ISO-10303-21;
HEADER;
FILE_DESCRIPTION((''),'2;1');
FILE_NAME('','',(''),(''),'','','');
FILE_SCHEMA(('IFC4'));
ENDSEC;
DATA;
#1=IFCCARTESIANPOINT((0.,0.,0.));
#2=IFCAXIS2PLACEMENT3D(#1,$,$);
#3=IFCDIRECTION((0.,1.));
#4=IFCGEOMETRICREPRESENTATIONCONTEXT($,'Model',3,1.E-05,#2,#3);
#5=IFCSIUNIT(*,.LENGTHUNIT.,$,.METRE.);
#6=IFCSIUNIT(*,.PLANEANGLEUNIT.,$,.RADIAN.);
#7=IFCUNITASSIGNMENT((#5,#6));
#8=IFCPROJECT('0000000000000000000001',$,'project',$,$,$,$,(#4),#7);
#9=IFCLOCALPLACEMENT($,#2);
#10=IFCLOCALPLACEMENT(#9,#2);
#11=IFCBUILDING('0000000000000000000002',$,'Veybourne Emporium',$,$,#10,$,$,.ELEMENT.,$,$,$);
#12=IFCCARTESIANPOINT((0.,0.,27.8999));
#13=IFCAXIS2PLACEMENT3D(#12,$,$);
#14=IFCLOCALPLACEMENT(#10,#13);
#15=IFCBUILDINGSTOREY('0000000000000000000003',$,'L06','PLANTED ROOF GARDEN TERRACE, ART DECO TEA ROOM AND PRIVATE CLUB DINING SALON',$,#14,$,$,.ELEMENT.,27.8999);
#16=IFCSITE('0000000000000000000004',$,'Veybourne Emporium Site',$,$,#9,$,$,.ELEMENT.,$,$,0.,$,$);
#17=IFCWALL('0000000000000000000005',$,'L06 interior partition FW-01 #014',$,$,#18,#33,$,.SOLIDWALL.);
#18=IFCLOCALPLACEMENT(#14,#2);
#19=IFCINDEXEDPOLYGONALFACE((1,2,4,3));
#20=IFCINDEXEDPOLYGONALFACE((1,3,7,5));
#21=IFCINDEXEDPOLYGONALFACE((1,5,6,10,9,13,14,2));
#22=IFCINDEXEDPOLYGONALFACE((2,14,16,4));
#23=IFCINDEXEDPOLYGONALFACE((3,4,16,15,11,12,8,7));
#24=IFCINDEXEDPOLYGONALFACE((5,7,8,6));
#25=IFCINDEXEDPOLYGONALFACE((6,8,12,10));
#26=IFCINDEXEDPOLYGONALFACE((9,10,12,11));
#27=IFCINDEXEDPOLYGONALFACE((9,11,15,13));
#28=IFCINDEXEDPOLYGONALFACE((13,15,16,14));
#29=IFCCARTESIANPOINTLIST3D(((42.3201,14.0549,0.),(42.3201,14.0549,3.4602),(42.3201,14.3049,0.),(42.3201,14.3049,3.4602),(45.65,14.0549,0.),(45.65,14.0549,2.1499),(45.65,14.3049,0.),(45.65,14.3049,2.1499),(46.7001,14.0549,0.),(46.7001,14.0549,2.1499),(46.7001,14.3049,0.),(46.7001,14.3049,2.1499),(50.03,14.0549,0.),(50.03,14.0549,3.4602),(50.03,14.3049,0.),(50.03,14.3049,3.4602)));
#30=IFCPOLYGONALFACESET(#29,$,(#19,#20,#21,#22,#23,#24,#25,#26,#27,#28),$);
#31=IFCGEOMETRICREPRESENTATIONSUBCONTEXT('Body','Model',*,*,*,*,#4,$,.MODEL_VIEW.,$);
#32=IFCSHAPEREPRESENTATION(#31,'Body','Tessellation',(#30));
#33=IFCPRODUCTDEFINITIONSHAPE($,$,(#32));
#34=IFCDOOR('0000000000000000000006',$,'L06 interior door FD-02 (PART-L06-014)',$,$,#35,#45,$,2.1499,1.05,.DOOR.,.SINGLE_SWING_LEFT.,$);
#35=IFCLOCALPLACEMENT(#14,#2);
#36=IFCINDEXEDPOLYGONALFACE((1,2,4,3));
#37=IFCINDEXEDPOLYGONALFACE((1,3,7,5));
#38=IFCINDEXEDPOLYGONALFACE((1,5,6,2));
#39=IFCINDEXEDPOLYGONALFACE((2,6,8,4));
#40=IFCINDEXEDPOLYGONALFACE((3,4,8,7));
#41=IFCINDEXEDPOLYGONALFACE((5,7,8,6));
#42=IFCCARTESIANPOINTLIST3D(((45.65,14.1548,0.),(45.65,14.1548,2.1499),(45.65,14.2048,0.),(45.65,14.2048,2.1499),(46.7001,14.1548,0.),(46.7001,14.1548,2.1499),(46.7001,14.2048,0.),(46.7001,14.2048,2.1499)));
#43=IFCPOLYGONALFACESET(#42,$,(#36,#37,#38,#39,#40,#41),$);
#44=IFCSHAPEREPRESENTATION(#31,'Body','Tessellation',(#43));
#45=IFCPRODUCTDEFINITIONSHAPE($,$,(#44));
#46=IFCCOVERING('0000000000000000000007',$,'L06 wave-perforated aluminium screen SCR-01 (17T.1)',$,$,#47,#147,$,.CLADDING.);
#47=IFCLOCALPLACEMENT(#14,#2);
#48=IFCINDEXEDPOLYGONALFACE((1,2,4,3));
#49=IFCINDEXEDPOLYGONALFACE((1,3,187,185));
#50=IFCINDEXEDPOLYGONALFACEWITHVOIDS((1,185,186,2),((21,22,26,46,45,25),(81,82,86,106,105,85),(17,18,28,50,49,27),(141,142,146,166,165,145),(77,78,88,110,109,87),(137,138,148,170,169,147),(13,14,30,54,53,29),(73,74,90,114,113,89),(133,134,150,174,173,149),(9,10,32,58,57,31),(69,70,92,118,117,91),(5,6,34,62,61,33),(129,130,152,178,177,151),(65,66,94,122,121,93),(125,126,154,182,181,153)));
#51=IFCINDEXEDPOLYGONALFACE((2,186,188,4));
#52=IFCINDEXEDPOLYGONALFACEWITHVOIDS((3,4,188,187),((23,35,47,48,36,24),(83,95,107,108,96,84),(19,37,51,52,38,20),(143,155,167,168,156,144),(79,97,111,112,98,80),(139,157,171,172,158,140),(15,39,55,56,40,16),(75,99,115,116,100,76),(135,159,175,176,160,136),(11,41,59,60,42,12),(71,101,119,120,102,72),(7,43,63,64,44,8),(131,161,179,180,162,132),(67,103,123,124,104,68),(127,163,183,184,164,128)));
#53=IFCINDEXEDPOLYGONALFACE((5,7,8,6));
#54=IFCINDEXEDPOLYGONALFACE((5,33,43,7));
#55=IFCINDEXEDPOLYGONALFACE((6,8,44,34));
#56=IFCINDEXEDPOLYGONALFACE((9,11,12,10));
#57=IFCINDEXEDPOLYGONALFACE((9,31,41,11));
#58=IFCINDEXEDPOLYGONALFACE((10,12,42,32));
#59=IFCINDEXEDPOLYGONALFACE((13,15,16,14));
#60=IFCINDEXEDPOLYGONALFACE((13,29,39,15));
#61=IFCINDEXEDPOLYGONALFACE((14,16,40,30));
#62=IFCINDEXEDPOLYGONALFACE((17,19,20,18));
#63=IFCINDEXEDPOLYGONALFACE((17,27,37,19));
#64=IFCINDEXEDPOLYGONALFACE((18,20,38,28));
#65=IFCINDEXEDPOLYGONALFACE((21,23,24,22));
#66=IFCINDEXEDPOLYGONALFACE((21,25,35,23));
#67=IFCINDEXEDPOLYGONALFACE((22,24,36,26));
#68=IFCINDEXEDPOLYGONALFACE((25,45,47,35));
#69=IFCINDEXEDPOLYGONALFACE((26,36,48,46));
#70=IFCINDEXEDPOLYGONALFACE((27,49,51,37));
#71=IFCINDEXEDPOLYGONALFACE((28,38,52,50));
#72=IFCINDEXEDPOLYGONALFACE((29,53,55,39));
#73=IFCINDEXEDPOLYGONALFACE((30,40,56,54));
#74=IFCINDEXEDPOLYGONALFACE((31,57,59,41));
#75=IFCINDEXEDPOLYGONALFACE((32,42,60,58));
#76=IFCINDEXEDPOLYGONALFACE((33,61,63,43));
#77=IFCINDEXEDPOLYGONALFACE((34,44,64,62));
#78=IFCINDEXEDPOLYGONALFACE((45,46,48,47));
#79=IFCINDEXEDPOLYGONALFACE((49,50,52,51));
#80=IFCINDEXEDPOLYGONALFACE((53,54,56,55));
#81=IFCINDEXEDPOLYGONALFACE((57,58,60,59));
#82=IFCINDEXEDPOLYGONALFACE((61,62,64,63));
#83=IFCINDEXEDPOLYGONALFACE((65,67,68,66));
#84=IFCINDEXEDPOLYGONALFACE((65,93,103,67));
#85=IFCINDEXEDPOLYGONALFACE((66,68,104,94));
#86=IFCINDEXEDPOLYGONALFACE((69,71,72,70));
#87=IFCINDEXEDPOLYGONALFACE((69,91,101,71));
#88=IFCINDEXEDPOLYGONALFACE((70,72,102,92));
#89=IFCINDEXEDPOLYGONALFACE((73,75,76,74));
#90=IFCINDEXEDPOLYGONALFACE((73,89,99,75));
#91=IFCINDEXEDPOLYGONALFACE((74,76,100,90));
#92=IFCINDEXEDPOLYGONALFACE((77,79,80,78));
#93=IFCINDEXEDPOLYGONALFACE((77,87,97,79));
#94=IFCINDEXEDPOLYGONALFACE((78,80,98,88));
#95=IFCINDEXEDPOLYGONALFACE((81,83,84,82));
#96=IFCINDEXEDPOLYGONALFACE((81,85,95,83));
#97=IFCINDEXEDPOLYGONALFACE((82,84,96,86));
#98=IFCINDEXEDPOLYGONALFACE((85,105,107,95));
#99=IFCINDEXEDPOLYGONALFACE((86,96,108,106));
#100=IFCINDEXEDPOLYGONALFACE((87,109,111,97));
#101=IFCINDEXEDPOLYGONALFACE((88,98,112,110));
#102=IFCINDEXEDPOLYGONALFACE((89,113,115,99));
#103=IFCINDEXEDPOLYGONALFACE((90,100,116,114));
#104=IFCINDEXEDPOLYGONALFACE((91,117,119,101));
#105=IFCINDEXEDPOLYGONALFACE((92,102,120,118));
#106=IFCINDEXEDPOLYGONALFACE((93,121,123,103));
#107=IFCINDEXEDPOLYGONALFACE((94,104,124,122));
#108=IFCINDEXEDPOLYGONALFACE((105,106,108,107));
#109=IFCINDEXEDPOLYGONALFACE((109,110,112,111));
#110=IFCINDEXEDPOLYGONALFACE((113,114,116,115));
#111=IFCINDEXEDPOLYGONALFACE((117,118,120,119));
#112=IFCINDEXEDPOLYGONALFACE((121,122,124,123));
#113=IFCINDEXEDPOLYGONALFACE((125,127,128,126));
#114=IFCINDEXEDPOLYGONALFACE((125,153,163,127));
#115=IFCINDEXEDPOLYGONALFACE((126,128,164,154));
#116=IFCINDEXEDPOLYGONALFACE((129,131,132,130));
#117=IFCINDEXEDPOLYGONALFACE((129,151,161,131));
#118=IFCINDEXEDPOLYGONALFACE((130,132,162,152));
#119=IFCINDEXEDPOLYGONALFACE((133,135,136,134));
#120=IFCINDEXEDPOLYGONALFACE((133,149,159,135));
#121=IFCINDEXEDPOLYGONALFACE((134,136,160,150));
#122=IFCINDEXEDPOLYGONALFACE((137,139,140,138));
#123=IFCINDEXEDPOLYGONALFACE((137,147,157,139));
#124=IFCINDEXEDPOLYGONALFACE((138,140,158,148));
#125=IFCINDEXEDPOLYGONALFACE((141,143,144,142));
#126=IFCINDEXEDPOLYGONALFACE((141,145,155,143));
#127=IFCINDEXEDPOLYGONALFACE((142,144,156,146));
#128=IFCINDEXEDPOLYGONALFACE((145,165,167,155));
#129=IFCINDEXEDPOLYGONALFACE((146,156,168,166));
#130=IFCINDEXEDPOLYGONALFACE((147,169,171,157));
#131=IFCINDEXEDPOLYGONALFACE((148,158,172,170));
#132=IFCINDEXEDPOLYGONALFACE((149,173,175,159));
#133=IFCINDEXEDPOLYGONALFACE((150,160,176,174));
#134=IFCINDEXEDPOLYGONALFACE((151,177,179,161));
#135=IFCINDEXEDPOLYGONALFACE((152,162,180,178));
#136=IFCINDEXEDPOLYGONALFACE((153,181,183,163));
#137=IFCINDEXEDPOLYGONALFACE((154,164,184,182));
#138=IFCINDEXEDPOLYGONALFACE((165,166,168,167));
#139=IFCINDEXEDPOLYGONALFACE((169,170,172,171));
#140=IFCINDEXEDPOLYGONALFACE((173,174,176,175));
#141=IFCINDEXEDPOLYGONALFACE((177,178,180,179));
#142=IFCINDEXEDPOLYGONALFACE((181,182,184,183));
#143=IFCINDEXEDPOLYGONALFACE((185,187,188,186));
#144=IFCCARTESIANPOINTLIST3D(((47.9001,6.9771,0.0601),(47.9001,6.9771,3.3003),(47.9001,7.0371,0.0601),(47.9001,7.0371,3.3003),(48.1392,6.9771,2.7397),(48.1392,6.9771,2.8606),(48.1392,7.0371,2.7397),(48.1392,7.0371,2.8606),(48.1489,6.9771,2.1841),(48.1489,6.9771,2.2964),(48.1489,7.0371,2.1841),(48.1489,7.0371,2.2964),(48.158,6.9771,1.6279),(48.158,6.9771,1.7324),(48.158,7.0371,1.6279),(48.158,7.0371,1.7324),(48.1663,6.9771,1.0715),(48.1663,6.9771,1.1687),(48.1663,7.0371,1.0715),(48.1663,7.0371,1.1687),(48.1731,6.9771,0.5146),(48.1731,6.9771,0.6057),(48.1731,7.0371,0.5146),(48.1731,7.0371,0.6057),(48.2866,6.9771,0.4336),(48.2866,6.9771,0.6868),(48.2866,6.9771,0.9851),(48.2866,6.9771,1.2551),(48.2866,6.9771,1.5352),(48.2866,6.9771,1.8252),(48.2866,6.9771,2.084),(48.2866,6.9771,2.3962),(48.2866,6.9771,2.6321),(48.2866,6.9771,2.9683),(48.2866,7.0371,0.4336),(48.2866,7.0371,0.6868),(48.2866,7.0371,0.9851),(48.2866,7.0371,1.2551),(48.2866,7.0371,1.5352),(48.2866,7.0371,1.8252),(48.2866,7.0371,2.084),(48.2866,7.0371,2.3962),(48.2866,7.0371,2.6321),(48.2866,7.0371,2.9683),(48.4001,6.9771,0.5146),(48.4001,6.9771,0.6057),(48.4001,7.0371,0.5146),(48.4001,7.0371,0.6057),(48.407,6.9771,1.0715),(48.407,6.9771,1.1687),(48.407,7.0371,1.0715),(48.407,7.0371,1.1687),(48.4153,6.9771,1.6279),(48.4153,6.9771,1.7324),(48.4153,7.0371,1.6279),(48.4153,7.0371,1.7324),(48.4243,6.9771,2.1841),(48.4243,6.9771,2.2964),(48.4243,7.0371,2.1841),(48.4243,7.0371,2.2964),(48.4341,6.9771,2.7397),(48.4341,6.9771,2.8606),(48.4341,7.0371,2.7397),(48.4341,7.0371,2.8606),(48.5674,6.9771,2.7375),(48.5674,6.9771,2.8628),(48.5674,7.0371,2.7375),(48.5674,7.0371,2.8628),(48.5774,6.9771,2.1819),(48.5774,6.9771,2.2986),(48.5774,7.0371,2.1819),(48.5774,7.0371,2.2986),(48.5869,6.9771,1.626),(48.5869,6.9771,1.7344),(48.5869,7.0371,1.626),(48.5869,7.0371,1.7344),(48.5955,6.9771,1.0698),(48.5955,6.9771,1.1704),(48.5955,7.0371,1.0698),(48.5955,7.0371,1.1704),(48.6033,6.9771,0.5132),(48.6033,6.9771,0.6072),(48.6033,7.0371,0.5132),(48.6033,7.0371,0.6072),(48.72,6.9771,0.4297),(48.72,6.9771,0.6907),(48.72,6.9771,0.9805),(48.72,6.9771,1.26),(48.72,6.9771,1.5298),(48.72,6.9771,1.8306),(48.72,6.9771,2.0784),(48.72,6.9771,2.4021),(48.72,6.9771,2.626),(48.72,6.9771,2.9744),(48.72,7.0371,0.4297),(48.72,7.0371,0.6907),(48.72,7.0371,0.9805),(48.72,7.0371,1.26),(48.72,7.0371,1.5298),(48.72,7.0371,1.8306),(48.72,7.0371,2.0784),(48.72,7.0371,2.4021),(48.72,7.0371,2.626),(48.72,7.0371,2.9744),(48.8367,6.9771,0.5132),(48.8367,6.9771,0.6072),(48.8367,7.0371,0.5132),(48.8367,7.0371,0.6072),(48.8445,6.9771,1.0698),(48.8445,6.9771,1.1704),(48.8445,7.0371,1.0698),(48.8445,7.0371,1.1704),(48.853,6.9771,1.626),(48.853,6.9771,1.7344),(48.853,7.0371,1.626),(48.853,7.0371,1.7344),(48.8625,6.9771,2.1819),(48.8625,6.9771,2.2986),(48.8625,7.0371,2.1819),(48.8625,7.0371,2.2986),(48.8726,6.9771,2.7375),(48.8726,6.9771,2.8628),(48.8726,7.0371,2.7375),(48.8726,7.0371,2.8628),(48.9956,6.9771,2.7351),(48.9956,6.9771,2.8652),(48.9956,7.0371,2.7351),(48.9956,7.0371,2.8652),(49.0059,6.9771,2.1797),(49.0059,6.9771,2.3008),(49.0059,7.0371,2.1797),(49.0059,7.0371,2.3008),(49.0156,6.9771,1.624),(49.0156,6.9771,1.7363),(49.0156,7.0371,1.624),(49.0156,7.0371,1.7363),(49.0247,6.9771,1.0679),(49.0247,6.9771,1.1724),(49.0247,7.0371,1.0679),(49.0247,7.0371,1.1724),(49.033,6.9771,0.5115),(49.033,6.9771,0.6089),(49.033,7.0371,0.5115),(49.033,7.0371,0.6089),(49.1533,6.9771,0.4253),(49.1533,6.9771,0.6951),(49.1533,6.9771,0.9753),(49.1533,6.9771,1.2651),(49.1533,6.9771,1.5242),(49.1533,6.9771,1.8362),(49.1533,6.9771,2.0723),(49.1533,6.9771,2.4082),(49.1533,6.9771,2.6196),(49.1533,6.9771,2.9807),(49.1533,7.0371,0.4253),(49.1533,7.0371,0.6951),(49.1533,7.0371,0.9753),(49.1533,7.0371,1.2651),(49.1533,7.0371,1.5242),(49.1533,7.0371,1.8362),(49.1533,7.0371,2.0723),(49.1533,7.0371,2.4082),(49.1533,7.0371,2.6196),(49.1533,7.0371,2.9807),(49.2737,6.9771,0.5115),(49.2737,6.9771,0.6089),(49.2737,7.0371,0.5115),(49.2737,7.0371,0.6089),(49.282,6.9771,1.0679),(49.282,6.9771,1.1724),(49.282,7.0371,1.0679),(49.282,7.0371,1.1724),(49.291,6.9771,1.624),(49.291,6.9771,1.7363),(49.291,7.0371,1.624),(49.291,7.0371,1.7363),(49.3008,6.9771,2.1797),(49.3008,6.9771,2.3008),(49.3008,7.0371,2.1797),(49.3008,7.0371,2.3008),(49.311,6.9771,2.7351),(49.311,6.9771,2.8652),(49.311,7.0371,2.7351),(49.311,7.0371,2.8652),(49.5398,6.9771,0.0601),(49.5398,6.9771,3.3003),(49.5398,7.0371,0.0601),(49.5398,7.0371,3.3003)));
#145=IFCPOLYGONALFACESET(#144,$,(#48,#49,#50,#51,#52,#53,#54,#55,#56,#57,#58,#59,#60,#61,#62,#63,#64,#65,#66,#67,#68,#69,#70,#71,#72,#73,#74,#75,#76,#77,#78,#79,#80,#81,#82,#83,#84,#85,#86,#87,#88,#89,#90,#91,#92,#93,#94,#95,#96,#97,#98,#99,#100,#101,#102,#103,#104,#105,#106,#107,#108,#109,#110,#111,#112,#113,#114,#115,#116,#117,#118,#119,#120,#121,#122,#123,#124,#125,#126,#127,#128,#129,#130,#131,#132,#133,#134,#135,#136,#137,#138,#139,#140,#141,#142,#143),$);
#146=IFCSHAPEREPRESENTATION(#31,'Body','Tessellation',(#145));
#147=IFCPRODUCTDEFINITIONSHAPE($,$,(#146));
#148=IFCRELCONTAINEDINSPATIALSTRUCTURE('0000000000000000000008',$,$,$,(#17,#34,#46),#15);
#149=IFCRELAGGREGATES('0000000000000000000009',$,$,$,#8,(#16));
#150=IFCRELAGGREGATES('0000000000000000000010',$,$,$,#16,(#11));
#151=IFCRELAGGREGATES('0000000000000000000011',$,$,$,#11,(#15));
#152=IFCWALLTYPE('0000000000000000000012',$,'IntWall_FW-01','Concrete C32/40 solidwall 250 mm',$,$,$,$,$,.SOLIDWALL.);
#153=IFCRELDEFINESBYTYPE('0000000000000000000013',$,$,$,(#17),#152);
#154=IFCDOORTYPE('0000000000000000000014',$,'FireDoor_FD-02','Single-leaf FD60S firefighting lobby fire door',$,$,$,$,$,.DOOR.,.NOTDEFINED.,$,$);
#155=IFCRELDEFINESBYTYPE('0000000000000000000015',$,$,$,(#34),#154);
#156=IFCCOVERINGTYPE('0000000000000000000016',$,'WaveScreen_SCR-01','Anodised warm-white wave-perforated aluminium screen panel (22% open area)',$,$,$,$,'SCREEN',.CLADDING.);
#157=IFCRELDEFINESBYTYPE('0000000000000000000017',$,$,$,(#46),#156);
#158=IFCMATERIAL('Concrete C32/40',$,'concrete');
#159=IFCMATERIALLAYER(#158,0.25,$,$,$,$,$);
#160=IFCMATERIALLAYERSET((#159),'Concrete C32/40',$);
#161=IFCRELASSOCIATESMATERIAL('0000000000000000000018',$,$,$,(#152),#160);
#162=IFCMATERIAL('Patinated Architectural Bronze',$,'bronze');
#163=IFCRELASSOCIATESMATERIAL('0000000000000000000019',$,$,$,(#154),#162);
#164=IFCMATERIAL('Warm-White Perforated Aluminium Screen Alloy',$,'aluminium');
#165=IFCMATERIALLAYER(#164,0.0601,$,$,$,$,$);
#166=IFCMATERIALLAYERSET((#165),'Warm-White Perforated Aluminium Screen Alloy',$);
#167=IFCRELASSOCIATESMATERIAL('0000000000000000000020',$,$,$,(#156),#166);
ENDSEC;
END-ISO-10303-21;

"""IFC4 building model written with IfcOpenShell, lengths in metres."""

from ifc_helpers import new_model, si_unit, direction, frame, frame_2d, origin, place, context, subcontext, project, spatial, polyline, rectangle, outline, extrude, material, layer, layer_set, type_object, element, fill, save


model = new_model("IFC4")

# Units and contexts
model_context = context("Model", 3, precision=1e-05, world=origin(), true_north=direction((0.0, 1.0)))
body_context = subcontext(model_context, "Body", "Model", "MODEL_VIEW")
ifc_project = project(units=[si_unit("LENGTHUNIT", "METRE"), si_unit("PLANEANGLEUNIT", "RADIAN")], contexts=[model_context])

# Site, building, storey
site_placement = place(None, origin())
site = spatial("IfcSite", under=ifc_project, at=site_placement, Name="Veybourne Emporium Site", CompositionType="ELEMENT", RefElevation=0.0)
building_placement = place(site_placement, origin())
building = spatial("IfcBuilding", under=site, at=building_placement, Name="Veybourne Emporium", CompositionType="ELEMENT")
storey_placement = place(building_placement, frame((0.0, 0.0, 27.8999)))
storey = spatial("IfcBuildingStorey", under=building, at=storey_placement, Name="L06", Description="PLANTED ROOF GARDEN TERRACE, ART DECO TEA ROOM AND PRIVATE CLUB DINING SALON", CompositionType="ELEMENT", Elevation=27.8999)

# Shared definitions
ifc_material_1 = material(Name="Concrete C32/40", Category="concrete")

# Wall, opening, door
ifc_layer_1 = layer(ifc_material_1, 0.25)
ifc_layer_set_1 = layer_set([ifc_layer_1], Name="Concrete C32/40")
wall_type_1 = type_object("IfcWallType", Name="IntWall_FW-01", Description="Concrete C32/40 solidwall 250 mm", PredefinedType="SOLIDWALL", material=ifc_layer_set_1)
wall_1_placement = place(storey_placement, frame((42.3201, 14.1799, 0.0), z_axis=(0.0, 0.0, 1.0), x_axis=(1.0, 0.0, 0.0)))
wall_1 = element("IfcWall", 1, at=wall_1_placement, inside=storey, type_object=wall_type_1, Name="L06 interior partition FW-01 #014", PredefinedType="SOLIDWALL", context=body_context, shape_type="SweptSolid", body=[
    extrude(rectangle(XDim=7.71, YDim=0.25, at=frame_2d((3.855, 0.0))), origin(), (0.0, 0.0, 1.0), 3.4602),
])
opening_1_placement = place(wall_1_placement, frame((3.3301, 0.0, 0.0)))
opening_1 = element("IfcOpeningElement", 2, at=opening_1_placement, cuts=wall_1, PredefinedType="OPENING", context=body_context, shape_type="SweptSolid", body=[
    extrude(rectangle(XDim=1.05, YDim=2.1499, at=frame_2d((0.5249, 1.075))), frame((0.0, 0.145, 0.0), z_axis=(0.0, -1.0, 0.0), x_axis=(1.0, 0.0, 0.0)), (0.0, 0.0, 1.0), 0.29),
])
ifc_material_2 = material(Name="Patinated Architectural Bronze", Category="bronze")
door_type = type_object("IfcDoorType", Name="FireDoor_FD-02", Description="Single-leaf FD60S firefighting lobby fire door", OperationType="NOTDEFINED", PredefinedType="DOOR", material=ifc_material_2)
door_placement = place(opening_1_placement, origin())
door = element("IfcDoor", 3, at=door_placement, inside=storey, type_object=door_type, Name="L06 interior door FD-02 (PART-L06-014)", OperationType="SINGLE_SWING_LEFT", OverallHeight=2.1499, OverallWidth=1.05, PredefinedType="DOOR", context=body_context, shape_type="SweptSolid", body=[
    extrude(rectangle(XDim=1.05, YDim=2.1499, at=frame_2d((0.5249, 1.075))), frame((0.0, 0.0249, 0.0), z_axis=(0.0, -1.0, 0.0), x_axis=(1.0, 0.0, 0.0)), (0.0, 0.0, 1.0), 0.05),
])
fill(opening_1, door)

# Covering
ifc_material_3 = material(Name="Warm-White Perforated Aluminium Screen Alloy", Category="aluminium")
ifc_layer_2 = layer(ifc_material_3, 0.0601)
ifc_layer_set_2 = layer_set([ifc_layer_2], Name="Warm-White Perforated Aluminium Screen Alloy")
covering_type_1 = type_object("IfcCoveringType", Name="WaveScreen_SCR-01", Description="Anodised warm-white wave-perforated aluminium screen panel (22% open area)", ElementType="SCREEN", PredefinedType="CLADDING", material=ifc_layer_set_2)
covering_1_placement = place(storey_placement, frame((48.72, 6.9771, 1.6802), z_axis=(0.0, 1.0, 0.0), x_axis=(-1.0, 0.0, 0.0)))
element("IfcCovering", 4, at=covering_1_placement, inside=storey, type_object=covering_type_1, Name="L06 wave-perforated aluminium screen SCR-01 (17T.1)", PredefinedType="CLADDING", context=body_context, shape_type="SweptSolid", body=[
    extrude(outline(polyline([(-0.8198, -1.6201), (0.8198, -1.6201), (0.8198, 1.6201), (-0.8198, 1.6201), (-0.8198, -1.6201)]), holes=[polyline([(-0.4333, -0.9851), (-0.313, -1.0713), (-0.313, -1.1687), (-0.4333, -1.2549), (-0.5537, -1.1687), (-0.5537, -1.0713), (-0.4333, -0.9851)]), polyline([(-0.4333, -0.415), (-0.3047, -0.5078), (-0.3047, -0.6123), (-0.4333, -0.7048), (-0.562, -0.6123), (-0.562, -0.5078), (-0.4333, -0.415)]), polyline([(-0.4333, 0.156), (-0.2957, 0.0562), (-0.2957, -0.0562), (-0.4333, -0.156), (-0.571, -0.0562), (-0.571, 0.0562), (-0.4333, 0.156)]), polyline([(-0.4333, 0.728), (-0.2859, 0.6206), (-0.2859, 0.4995), (-0.4333, 0.3921), (-0.5808, 0.4995), (-0.5808, 0.6206), (-0.4333, 0.728)]), polyline([(-0.4333, 1.3005), (-0.2756, 1.1851), (-0.2756, 1.0549), (-0.4333, 0.9395), (-0.5911, 1.0549), (-0.5911, 1.1851), (-0.4333, 1.3005)]), polyline([(0.0, -0.9895), (0.1167, -1.073), (0.1167, -1.167), (0.0, -1.2505), (-0.1167, -1.167), (-0.1167, -1.073), (0.0, -0.9895)]), polyline([(0.0, -0.4202), (0.1245, -0.5098), (0.1245, -0.6104), (0.0, -0.6997), (-0.1245, -0.6104), (-0.1245, -0.5098), (0.0, -0.4202)]), polyline([(0.0, 0.1504), (0.1331, 0.0542), (0.1331, -0.0542), (0.0, -0.1504), (-0.1331, -0.0542), (-0.1331, 0.0542), (0.0, 0.1504)]), polyline([(0.0, 0.7219), (0.1426, 0.6184), (0.1426, 0.5017), (0.0, 0.3982), (-0.1426, 0.5017), (-0.1426, 0.6184), (0.0, 0.7219)]), polyline([(0.0, 1.2942), (0.1526, 1.1826), (0.1526, 1.0574), (0.0, 0.9458), (-0.1526, 1.0574), (-0.1526, 1.1826), (0.0, 1.2942)]), polyline([(0.4333, -0.9934), (0.5469, -1.0745), (0.5469, -1.1655), (0.4333, -1.2466), (0.3198, -1.1655), (0.3198, -1.0745), (0.4333, -0.9934)]), polyline([(0.4333, -0.425), (0.5537, -0.5115), (0.5537, -0.6086), (0.4333, -0.6951), (0.313, -0.6086), (0.313, -0.5115), (0.4333, -0.425)]), polyline([(0.4333, 0.145), (0.562, 0.0522), (0.562, -0.0522), (0.4333, -0.145), (0.3047, -0.0522), (0.3047, 0.0522), (0.4333, 0.145)]), polyline([(0.4333, 0.7161), (0.571, 0.6162), (0.571, 0.5039), (0.4333, 0.4038), (0.2957, 0.5039), (0.2957, 0.6162), (0.4333, 0.7161)]), polyline([(0.4333, 1.2881), (0.5808, 1.1804), (0.5808, 1.0596), (0.4333, 0.9519), (0.2859, 1.0596), (0.2859, 1.1804), (0.4333, 1.2881)])]), origin(), (0.0, 0.0, 1.0), 0.0601),
])

save(model, "model.ifc")
